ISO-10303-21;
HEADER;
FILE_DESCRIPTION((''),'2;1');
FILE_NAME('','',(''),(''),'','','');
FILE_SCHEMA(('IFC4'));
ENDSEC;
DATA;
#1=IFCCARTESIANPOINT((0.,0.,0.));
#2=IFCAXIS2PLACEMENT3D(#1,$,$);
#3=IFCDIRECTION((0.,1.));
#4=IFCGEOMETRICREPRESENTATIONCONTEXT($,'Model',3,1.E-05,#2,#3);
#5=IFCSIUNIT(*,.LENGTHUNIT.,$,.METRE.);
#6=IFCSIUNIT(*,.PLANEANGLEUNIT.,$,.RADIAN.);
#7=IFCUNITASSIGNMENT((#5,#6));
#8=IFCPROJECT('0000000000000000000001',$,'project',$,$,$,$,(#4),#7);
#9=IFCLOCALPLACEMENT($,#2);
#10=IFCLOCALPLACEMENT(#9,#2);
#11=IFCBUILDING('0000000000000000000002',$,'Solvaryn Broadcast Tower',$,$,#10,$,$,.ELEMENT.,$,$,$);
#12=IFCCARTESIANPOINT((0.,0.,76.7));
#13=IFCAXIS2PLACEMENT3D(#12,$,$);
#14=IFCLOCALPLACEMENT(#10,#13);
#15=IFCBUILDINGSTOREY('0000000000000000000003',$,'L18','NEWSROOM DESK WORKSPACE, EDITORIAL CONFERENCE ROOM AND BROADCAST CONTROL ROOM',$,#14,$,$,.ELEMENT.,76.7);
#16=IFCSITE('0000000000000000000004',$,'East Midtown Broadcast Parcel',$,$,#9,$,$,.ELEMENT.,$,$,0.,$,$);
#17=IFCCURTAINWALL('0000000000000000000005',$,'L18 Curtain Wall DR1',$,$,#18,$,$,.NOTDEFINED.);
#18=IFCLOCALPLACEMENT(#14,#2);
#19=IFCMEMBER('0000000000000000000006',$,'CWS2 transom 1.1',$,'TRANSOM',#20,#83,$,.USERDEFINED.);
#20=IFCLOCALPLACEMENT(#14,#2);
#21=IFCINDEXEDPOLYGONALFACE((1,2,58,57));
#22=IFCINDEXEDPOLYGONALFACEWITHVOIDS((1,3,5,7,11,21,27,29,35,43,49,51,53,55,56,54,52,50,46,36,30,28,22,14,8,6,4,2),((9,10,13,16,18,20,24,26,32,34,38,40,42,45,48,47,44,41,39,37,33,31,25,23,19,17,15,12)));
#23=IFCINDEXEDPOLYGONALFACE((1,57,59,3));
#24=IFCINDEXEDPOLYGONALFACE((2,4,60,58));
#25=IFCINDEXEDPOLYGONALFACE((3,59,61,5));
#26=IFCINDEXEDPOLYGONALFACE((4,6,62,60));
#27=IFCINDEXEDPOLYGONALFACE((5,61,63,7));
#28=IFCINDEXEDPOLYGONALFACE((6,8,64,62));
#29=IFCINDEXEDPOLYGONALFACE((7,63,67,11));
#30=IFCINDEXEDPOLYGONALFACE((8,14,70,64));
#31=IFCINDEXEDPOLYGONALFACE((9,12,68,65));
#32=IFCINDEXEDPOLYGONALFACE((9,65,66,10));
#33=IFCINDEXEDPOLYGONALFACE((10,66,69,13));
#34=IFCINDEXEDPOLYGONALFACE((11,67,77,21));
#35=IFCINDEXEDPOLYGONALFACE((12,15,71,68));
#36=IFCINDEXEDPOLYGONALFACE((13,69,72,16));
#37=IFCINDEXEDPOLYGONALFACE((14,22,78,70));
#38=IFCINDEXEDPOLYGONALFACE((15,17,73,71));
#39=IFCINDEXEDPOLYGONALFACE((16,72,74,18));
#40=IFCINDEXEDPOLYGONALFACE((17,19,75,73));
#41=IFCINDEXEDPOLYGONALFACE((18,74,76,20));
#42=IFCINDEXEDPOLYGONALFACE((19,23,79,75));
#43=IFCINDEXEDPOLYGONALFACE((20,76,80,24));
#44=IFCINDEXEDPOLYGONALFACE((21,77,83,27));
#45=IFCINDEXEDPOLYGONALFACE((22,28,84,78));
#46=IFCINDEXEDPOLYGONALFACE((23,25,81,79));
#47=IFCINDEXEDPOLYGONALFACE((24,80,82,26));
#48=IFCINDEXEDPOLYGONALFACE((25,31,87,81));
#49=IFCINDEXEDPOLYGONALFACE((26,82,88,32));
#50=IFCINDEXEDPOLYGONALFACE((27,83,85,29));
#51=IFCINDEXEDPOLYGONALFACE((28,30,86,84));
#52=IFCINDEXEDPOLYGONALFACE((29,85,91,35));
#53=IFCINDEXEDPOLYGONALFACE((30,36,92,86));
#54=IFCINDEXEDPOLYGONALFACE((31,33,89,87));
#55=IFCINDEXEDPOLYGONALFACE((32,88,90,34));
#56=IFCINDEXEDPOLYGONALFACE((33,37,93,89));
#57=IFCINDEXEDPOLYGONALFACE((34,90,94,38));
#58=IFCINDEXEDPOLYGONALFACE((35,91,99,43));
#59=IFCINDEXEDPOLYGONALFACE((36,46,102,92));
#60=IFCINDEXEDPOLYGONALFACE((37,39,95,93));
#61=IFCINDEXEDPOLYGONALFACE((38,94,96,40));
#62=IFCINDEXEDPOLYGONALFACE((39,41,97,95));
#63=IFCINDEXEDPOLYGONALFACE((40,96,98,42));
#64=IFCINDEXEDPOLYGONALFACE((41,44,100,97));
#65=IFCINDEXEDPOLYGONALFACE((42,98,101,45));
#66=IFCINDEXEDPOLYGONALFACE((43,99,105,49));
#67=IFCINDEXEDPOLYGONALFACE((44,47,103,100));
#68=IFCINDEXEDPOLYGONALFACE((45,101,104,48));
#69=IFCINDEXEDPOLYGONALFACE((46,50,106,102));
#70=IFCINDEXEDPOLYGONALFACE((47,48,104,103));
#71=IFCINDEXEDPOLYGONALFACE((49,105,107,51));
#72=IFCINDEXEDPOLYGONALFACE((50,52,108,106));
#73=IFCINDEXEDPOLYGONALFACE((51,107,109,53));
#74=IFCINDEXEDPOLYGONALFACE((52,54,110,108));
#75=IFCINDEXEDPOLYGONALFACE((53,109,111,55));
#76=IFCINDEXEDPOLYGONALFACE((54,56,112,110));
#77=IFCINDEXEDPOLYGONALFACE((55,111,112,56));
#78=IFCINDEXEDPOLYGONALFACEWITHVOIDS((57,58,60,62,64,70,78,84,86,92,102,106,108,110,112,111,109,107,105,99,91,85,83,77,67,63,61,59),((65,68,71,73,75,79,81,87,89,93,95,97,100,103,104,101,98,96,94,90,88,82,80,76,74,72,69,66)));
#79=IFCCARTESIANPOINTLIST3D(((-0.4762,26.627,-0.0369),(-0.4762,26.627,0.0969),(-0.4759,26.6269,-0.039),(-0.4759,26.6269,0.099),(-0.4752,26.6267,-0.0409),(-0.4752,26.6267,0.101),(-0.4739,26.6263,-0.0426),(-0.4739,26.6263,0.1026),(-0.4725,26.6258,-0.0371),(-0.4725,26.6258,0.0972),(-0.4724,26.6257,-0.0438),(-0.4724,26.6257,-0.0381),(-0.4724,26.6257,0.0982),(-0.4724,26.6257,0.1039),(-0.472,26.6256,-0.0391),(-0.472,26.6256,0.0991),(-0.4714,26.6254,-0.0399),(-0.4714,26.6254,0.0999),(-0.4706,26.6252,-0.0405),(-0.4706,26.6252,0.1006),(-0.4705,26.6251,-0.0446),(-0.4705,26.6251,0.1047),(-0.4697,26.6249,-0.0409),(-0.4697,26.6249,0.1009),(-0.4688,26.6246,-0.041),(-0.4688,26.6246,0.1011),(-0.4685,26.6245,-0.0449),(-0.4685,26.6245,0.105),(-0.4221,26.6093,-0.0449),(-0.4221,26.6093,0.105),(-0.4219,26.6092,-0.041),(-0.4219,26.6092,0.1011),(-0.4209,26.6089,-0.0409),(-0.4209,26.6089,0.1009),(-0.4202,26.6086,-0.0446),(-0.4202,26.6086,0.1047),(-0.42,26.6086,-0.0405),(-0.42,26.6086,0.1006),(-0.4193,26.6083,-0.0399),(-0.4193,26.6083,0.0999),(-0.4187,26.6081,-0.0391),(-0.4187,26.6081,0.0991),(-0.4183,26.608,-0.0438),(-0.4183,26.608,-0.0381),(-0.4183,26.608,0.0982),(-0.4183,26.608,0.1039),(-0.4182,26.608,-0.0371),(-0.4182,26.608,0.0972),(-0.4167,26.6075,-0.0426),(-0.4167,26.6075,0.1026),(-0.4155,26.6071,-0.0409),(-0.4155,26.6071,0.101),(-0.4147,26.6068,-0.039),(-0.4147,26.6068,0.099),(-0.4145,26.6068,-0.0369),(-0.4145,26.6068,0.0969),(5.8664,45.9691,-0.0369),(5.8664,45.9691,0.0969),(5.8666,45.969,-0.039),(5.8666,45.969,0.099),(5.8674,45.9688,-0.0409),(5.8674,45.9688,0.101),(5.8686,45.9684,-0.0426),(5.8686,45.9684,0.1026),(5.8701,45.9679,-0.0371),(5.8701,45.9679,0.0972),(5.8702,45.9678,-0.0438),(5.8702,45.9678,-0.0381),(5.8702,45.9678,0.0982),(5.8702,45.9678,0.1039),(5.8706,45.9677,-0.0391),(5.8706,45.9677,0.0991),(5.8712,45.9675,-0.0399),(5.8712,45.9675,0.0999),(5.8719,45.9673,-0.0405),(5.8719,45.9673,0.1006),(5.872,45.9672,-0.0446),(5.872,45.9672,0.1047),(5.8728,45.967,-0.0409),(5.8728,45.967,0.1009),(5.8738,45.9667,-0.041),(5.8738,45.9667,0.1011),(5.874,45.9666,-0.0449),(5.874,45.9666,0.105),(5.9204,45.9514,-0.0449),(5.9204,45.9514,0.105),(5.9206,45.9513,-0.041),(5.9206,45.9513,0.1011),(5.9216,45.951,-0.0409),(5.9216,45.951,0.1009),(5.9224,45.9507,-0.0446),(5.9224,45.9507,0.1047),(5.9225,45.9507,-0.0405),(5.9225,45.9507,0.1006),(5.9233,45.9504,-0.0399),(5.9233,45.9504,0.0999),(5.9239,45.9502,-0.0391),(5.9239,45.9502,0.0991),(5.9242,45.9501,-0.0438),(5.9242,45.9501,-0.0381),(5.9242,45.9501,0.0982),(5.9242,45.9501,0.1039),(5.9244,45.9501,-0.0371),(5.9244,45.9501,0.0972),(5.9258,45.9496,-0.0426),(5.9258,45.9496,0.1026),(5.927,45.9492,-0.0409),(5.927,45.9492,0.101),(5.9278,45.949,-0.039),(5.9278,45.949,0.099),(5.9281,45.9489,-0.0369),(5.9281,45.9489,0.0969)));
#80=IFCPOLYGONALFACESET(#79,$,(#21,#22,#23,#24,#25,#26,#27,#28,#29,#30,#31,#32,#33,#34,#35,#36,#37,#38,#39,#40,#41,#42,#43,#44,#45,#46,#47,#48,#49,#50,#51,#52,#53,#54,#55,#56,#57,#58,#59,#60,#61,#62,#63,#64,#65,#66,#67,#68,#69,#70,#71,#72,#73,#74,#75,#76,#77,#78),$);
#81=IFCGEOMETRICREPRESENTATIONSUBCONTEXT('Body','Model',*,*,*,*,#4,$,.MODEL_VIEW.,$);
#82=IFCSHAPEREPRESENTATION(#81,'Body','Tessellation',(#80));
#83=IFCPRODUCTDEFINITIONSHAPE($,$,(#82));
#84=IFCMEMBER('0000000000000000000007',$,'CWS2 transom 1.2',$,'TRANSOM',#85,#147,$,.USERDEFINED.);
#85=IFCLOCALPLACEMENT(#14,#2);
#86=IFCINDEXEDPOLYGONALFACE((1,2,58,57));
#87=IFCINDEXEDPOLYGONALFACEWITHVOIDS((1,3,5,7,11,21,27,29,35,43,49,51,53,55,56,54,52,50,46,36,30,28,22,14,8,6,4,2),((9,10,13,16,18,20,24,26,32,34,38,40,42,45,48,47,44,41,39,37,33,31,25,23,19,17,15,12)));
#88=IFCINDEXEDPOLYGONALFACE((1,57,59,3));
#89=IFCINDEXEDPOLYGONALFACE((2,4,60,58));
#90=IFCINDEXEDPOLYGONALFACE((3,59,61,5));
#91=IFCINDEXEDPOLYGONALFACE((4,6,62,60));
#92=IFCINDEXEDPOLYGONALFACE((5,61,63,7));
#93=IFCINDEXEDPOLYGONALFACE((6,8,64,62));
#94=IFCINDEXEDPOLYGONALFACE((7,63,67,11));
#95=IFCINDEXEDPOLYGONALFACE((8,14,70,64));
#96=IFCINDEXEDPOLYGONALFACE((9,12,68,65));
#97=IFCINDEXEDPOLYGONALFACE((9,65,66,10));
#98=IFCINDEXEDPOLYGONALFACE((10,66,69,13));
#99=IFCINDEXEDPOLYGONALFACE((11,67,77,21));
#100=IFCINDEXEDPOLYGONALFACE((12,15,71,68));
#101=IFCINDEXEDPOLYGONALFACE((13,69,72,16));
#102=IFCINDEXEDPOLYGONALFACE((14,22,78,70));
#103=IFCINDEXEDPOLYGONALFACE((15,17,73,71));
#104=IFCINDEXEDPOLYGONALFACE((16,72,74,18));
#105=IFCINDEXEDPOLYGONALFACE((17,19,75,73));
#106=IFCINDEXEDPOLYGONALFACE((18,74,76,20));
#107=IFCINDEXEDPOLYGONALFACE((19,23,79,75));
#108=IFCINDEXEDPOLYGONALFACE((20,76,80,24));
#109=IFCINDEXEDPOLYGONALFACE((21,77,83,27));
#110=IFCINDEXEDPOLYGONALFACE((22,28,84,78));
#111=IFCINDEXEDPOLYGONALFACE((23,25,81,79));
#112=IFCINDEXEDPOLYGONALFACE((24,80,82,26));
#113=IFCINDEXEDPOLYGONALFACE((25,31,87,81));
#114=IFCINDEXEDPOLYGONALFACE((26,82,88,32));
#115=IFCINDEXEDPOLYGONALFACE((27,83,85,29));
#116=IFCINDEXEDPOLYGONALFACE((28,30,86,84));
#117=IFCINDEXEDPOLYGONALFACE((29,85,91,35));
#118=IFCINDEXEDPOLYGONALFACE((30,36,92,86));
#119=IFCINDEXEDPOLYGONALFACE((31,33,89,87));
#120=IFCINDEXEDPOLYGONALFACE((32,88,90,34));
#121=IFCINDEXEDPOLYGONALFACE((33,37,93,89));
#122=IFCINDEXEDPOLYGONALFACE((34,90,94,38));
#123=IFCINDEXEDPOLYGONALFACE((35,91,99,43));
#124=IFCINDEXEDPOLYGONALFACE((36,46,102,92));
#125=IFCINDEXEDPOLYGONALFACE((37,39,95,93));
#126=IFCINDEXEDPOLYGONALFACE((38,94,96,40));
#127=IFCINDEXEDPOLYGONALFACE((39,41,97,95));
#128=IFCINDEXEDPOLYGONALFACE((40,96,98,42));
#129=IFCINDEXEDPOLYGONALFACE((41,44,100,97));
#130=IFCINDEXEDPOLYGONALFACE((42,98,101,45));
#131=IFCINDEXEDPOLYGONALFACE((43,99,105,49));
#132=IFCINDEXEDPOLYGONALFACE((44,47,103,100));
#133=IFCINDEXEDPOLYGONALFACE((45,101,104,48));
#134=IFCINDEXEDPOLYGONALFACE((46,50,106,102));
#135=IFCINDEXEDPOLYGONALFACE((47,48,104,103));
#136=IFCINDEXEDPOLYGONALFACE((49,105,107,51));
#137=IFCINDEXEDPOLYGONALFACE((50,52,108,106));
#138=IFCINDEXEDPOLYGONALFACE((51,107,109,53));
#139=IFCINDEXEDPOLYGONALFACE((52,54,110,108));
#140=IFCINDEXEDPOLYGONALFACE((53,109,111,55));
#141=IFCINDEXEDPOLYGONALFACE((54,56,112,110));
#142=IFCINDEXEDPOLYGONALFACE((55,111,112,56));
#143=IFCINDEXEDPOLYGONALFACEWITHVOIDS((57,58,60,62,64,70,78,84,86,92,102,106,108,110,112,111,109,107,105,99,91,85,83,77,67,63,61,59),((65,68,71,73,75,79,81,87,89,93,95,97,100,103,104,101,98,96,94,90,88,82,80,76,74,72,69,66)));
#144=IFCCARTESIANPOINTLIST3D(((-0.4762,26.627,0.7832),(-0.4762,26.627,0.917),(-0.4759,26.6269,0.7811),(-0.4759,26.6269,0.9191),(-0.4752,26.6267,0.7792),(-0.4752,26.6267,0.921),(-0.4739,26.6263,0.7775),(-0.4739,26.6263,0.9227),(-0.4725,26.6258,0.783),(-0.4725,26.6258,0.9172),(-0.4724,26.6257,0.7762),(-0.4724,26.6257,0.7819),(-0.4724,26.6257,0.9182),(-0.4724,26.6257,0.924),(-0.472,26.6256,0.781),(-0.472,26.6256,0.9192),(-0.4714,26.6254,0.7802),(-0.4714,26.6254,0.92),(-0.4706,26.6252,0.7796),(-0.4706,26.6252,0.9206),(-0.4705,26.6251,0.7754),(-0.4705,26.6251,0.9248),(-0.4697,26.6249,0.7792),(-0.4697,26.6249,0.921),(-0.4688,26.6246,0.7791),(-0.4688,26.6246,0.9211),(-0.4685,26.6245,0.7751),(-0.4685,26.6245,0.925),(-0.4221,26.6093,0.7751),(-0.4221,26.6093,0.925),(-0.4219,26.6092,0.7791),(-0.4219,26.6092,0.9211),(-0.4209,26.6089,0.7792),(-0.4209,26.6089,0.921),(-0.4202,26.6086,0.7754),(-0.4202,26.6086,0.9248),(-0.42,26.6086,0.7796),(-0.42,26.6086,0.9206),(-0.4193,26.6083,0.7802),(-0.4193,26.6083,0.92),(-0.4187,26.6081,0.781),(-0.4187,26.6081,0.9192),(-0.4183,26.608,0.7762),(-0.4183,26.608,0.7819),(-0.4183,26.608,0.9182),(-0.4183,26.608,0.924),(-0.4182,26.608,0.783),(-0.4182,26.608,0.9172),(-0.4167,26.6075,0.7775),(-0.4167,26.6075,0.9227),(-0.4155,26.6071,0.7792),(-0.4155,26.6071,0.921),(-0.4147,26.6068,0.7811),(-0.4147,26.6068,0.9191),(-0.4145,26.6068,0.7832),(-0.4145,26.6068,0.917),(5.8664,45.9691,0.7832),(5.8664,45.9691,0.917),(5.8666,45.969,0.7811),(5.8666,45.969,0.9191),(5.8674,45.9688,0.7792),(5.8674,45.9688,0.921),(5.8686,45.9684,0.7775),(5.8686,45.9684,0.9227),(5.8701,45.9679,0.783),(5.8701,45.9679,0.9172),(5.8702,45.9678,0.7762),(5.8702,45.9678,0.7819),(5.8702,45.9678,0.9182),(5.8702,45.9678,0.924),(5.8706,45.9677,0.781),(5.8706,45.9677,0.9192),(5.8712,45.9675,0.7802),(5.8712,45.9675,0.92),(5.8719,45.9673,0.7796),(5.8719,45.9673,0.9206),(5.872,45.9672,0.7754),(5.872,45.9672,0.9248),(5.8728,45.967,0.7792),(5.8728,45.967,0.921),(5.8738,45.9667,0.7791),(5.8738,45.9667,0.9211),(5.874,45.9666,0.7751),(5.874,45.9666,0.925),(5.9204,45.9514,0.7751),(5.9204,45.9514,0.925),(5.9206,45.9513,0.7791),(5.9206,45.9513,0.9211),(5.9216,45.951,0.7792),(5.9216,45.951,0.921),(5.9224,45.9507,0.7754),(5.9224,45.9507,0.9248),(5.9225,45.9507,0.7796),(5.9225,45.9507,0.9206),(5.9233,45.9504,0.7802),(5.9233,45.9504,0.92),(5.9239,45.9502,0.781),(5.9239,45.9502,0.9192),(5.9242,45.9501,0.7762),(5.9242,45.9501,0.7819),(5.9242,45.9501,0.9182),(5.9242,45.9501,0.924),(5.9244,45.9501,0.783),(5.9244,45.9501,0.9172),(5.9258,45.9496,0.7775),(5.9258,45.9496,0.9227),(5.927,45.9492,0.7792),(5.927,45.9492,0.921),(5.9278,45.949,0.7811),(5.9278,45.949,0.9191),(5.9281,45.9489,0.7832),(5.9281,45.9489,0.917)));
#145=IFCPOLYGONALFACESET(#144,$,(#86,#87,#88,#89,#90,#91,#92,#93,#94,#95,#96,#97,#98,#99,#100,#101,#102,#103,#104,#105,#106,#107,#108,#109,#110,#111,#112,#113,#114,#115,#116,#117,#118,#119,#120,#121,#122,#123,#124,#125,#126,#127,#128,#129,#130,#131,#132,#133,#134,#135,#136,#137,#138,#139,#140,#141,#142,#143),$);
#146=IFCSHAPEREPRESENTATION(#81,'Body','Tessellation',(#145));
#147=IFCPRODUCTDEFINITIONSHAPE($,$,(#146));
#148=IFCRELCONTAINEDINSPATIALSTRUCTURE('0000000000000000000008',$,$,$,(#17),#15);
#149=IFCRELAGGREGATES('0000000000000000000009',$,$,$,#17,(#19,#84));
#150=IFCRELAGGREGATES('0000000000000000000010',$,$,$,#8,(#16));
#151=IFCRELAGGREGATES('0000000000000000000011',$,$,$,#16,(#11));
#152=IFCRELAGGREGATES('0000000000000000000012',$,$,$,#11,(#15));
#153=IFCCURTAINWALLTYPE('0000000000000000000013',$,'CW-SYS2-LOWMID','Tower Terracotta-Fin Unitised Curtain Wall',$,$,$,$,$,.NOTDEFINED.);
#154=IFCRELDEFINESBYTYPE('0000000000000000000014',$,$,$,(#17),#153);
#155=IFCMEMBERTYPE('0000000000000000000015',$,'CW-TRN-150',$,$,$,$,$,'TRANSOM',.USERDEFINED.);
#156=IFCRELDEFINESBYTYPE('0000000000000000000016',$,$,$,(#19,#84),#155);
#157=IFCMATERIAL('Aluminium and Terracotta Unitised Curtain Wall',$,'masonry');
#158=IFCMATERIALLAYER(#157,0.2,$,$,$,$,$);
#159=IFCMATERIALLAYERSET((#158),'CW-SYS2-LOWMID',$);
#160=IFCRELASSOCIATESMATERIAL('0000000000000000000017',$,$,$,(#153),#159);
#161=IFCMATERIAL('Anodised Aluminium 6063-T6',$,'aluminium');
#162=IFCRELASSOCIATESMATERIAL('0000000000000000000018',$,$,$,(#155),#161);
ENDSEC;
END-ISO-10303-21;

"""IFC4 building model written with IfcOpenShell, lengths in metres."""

from ifc_helpers import new_model, si_unit, direction, frame, origin, origin_2d, place, context, subcontext, project, spatial, hollow_rectangle, extrude, material, layer, layer_set, material_profile, profile_set, type_object, element, aggregate, save


model = new_model("IFC4")

# Units and contexts
model_context = context("Model", 3, precision=1e-05, world=origin(), true_north=direction((0.0, 1.0)))
body_context = subcontext(model_context, "Body", "Model", "MODEL_VIEW")
ifc_project = project(units=[si_unit("LENGTHUNIT", "METRE"), si_unit("PLANEANGLEUNIT", "RADIAN")], contexts=[model_context])

# Site, building, storey
site_placement = place(None, origin())
site = spatial("IfcSite", under=ifc_project, at=site_placement, Name="East Midtown Broadcast Parcel", CompositionType="ELEMENT", RefElevation=0.0)
building_placement = place(site_placement, origin())
building = spatial("IfcBuilding", under=site, at=building_placement, Name="Solvaryn Broadcast Tower", CompositionType="ELEMENT")
storey_placement = place(building_placement, frame((0.0, 0.0, 76.7)))
storey = spatial("IfcBuildingStorey", under=building, at=storey_placement, Name="L18", Description="NEWSROOM DESK WORKSPACE, EDITORIAL CONFERENCE ROOM AND BROADCAST CONTROL ROOM", CompositionType="ELEMENT", Elevation=76.7)

# Curtain wall
ifc_material_1 = material(Name="Aluminium and Terracotta Unitised Curtain Wall", Category="masonry")
ifc_layer_1 = layer(ifc_material_1, 0.2)
ifc_layer_set_1 = layer_set([ifc_layer_1], Name="CW-SYS2-LOWMID")
curtain_wall_type = type_object("IfcCurtainWallType", Name="CW-SYS2-LOWMID", Description="Tower Terracotta-Fin Unitised Curtain Wall", PredefinedType="NOTDEFINED", material=ifc_layer_set_1)
curtain_wall_1_placement = place(storey_placement, origin())
curtain_wall_1 = element("IfcCurtainWall", 1, at=curtain_wall_1_placement, inside=storey, type_object=curtain_wall_type, Name="L18 Curtain Wall DR1", PredefinedType="NOTDEFINED")

# Members
ifc_material_2 = material(Name="Anodised Aluminium 6063-T6", Category="aluminium")
ifc_material_profile_1 = material_profile(ifc_material_2, hollow_rectangle(XDim=0.0649, YDim=0.1499, WallThickness=0.0039, InnerFilletRadius=0.0039, OuterFilletRadius=0.0081, at=origin_2d()))
ifc_profile_set_1 = profile_set([ifc_material_profile_1], Name="Anodised Aluminium 6063-T6")
member_type_1 = type_object("IfcMemberType", Name="CW-TRN-150", ElementType="TRANSOM", PredefinedType="USERDEFINED", material=ifc_profile_set_1)
member_1_placement = place(storey_placement, frame((5.8972, 45.959, 0.03), z_axis=(-0.31159, -0.950217, 0.0), x_axis=(0.950217, -0.31159, 0.0)))
member_1 = element("IfcMember", 2, at=member_1_placement, type_object=member_type_1, Name="CWS2 transom 1.1", ObjectType="TRANSOM", PredefinedType="USERDEFINED", context=body_context, shape_type="SweptSolid", body=[
    extrude(hollow_rectangle(XDim=0.0649, YDim=0.1499, WallThickness=0.0039, InnerFilletRadius=0.0039, OuterFilletRadius=0.0081, at=origin_2d()), origin(), (0.0, 0.0, 1.0), 20.3555),
])
member_2_placement = place(storey_placement, frame((5.8972, 45.959, 0.8501), z_axis=(-0.31159, -0.950217, 0.0), x_axis=(0.950217, -0.31159, 0.0)))
member_2 = element("IfcMember", 3, at=member_2_placement, type_object=member_type_1, Name="CWS2 transom 1.2", ObjectType="TRANSOM", PredefinedType="USERDEFINED", context=body_context, shape_type="SweptSolid", body=[
    extrude(hollow_rectangle(XDim=0.0649, YDim=0.1499, WallThickness=0.0039, InnerFilletRadius=0.0039, OuterFilletRadius=0.0081, at=origin_2d()), origin(), (0.0, 0.0, 1.0), 20.3555),
])
aggregate(curtain_wall_1, [member_1, member_2])

save(model, "model.ifc")
